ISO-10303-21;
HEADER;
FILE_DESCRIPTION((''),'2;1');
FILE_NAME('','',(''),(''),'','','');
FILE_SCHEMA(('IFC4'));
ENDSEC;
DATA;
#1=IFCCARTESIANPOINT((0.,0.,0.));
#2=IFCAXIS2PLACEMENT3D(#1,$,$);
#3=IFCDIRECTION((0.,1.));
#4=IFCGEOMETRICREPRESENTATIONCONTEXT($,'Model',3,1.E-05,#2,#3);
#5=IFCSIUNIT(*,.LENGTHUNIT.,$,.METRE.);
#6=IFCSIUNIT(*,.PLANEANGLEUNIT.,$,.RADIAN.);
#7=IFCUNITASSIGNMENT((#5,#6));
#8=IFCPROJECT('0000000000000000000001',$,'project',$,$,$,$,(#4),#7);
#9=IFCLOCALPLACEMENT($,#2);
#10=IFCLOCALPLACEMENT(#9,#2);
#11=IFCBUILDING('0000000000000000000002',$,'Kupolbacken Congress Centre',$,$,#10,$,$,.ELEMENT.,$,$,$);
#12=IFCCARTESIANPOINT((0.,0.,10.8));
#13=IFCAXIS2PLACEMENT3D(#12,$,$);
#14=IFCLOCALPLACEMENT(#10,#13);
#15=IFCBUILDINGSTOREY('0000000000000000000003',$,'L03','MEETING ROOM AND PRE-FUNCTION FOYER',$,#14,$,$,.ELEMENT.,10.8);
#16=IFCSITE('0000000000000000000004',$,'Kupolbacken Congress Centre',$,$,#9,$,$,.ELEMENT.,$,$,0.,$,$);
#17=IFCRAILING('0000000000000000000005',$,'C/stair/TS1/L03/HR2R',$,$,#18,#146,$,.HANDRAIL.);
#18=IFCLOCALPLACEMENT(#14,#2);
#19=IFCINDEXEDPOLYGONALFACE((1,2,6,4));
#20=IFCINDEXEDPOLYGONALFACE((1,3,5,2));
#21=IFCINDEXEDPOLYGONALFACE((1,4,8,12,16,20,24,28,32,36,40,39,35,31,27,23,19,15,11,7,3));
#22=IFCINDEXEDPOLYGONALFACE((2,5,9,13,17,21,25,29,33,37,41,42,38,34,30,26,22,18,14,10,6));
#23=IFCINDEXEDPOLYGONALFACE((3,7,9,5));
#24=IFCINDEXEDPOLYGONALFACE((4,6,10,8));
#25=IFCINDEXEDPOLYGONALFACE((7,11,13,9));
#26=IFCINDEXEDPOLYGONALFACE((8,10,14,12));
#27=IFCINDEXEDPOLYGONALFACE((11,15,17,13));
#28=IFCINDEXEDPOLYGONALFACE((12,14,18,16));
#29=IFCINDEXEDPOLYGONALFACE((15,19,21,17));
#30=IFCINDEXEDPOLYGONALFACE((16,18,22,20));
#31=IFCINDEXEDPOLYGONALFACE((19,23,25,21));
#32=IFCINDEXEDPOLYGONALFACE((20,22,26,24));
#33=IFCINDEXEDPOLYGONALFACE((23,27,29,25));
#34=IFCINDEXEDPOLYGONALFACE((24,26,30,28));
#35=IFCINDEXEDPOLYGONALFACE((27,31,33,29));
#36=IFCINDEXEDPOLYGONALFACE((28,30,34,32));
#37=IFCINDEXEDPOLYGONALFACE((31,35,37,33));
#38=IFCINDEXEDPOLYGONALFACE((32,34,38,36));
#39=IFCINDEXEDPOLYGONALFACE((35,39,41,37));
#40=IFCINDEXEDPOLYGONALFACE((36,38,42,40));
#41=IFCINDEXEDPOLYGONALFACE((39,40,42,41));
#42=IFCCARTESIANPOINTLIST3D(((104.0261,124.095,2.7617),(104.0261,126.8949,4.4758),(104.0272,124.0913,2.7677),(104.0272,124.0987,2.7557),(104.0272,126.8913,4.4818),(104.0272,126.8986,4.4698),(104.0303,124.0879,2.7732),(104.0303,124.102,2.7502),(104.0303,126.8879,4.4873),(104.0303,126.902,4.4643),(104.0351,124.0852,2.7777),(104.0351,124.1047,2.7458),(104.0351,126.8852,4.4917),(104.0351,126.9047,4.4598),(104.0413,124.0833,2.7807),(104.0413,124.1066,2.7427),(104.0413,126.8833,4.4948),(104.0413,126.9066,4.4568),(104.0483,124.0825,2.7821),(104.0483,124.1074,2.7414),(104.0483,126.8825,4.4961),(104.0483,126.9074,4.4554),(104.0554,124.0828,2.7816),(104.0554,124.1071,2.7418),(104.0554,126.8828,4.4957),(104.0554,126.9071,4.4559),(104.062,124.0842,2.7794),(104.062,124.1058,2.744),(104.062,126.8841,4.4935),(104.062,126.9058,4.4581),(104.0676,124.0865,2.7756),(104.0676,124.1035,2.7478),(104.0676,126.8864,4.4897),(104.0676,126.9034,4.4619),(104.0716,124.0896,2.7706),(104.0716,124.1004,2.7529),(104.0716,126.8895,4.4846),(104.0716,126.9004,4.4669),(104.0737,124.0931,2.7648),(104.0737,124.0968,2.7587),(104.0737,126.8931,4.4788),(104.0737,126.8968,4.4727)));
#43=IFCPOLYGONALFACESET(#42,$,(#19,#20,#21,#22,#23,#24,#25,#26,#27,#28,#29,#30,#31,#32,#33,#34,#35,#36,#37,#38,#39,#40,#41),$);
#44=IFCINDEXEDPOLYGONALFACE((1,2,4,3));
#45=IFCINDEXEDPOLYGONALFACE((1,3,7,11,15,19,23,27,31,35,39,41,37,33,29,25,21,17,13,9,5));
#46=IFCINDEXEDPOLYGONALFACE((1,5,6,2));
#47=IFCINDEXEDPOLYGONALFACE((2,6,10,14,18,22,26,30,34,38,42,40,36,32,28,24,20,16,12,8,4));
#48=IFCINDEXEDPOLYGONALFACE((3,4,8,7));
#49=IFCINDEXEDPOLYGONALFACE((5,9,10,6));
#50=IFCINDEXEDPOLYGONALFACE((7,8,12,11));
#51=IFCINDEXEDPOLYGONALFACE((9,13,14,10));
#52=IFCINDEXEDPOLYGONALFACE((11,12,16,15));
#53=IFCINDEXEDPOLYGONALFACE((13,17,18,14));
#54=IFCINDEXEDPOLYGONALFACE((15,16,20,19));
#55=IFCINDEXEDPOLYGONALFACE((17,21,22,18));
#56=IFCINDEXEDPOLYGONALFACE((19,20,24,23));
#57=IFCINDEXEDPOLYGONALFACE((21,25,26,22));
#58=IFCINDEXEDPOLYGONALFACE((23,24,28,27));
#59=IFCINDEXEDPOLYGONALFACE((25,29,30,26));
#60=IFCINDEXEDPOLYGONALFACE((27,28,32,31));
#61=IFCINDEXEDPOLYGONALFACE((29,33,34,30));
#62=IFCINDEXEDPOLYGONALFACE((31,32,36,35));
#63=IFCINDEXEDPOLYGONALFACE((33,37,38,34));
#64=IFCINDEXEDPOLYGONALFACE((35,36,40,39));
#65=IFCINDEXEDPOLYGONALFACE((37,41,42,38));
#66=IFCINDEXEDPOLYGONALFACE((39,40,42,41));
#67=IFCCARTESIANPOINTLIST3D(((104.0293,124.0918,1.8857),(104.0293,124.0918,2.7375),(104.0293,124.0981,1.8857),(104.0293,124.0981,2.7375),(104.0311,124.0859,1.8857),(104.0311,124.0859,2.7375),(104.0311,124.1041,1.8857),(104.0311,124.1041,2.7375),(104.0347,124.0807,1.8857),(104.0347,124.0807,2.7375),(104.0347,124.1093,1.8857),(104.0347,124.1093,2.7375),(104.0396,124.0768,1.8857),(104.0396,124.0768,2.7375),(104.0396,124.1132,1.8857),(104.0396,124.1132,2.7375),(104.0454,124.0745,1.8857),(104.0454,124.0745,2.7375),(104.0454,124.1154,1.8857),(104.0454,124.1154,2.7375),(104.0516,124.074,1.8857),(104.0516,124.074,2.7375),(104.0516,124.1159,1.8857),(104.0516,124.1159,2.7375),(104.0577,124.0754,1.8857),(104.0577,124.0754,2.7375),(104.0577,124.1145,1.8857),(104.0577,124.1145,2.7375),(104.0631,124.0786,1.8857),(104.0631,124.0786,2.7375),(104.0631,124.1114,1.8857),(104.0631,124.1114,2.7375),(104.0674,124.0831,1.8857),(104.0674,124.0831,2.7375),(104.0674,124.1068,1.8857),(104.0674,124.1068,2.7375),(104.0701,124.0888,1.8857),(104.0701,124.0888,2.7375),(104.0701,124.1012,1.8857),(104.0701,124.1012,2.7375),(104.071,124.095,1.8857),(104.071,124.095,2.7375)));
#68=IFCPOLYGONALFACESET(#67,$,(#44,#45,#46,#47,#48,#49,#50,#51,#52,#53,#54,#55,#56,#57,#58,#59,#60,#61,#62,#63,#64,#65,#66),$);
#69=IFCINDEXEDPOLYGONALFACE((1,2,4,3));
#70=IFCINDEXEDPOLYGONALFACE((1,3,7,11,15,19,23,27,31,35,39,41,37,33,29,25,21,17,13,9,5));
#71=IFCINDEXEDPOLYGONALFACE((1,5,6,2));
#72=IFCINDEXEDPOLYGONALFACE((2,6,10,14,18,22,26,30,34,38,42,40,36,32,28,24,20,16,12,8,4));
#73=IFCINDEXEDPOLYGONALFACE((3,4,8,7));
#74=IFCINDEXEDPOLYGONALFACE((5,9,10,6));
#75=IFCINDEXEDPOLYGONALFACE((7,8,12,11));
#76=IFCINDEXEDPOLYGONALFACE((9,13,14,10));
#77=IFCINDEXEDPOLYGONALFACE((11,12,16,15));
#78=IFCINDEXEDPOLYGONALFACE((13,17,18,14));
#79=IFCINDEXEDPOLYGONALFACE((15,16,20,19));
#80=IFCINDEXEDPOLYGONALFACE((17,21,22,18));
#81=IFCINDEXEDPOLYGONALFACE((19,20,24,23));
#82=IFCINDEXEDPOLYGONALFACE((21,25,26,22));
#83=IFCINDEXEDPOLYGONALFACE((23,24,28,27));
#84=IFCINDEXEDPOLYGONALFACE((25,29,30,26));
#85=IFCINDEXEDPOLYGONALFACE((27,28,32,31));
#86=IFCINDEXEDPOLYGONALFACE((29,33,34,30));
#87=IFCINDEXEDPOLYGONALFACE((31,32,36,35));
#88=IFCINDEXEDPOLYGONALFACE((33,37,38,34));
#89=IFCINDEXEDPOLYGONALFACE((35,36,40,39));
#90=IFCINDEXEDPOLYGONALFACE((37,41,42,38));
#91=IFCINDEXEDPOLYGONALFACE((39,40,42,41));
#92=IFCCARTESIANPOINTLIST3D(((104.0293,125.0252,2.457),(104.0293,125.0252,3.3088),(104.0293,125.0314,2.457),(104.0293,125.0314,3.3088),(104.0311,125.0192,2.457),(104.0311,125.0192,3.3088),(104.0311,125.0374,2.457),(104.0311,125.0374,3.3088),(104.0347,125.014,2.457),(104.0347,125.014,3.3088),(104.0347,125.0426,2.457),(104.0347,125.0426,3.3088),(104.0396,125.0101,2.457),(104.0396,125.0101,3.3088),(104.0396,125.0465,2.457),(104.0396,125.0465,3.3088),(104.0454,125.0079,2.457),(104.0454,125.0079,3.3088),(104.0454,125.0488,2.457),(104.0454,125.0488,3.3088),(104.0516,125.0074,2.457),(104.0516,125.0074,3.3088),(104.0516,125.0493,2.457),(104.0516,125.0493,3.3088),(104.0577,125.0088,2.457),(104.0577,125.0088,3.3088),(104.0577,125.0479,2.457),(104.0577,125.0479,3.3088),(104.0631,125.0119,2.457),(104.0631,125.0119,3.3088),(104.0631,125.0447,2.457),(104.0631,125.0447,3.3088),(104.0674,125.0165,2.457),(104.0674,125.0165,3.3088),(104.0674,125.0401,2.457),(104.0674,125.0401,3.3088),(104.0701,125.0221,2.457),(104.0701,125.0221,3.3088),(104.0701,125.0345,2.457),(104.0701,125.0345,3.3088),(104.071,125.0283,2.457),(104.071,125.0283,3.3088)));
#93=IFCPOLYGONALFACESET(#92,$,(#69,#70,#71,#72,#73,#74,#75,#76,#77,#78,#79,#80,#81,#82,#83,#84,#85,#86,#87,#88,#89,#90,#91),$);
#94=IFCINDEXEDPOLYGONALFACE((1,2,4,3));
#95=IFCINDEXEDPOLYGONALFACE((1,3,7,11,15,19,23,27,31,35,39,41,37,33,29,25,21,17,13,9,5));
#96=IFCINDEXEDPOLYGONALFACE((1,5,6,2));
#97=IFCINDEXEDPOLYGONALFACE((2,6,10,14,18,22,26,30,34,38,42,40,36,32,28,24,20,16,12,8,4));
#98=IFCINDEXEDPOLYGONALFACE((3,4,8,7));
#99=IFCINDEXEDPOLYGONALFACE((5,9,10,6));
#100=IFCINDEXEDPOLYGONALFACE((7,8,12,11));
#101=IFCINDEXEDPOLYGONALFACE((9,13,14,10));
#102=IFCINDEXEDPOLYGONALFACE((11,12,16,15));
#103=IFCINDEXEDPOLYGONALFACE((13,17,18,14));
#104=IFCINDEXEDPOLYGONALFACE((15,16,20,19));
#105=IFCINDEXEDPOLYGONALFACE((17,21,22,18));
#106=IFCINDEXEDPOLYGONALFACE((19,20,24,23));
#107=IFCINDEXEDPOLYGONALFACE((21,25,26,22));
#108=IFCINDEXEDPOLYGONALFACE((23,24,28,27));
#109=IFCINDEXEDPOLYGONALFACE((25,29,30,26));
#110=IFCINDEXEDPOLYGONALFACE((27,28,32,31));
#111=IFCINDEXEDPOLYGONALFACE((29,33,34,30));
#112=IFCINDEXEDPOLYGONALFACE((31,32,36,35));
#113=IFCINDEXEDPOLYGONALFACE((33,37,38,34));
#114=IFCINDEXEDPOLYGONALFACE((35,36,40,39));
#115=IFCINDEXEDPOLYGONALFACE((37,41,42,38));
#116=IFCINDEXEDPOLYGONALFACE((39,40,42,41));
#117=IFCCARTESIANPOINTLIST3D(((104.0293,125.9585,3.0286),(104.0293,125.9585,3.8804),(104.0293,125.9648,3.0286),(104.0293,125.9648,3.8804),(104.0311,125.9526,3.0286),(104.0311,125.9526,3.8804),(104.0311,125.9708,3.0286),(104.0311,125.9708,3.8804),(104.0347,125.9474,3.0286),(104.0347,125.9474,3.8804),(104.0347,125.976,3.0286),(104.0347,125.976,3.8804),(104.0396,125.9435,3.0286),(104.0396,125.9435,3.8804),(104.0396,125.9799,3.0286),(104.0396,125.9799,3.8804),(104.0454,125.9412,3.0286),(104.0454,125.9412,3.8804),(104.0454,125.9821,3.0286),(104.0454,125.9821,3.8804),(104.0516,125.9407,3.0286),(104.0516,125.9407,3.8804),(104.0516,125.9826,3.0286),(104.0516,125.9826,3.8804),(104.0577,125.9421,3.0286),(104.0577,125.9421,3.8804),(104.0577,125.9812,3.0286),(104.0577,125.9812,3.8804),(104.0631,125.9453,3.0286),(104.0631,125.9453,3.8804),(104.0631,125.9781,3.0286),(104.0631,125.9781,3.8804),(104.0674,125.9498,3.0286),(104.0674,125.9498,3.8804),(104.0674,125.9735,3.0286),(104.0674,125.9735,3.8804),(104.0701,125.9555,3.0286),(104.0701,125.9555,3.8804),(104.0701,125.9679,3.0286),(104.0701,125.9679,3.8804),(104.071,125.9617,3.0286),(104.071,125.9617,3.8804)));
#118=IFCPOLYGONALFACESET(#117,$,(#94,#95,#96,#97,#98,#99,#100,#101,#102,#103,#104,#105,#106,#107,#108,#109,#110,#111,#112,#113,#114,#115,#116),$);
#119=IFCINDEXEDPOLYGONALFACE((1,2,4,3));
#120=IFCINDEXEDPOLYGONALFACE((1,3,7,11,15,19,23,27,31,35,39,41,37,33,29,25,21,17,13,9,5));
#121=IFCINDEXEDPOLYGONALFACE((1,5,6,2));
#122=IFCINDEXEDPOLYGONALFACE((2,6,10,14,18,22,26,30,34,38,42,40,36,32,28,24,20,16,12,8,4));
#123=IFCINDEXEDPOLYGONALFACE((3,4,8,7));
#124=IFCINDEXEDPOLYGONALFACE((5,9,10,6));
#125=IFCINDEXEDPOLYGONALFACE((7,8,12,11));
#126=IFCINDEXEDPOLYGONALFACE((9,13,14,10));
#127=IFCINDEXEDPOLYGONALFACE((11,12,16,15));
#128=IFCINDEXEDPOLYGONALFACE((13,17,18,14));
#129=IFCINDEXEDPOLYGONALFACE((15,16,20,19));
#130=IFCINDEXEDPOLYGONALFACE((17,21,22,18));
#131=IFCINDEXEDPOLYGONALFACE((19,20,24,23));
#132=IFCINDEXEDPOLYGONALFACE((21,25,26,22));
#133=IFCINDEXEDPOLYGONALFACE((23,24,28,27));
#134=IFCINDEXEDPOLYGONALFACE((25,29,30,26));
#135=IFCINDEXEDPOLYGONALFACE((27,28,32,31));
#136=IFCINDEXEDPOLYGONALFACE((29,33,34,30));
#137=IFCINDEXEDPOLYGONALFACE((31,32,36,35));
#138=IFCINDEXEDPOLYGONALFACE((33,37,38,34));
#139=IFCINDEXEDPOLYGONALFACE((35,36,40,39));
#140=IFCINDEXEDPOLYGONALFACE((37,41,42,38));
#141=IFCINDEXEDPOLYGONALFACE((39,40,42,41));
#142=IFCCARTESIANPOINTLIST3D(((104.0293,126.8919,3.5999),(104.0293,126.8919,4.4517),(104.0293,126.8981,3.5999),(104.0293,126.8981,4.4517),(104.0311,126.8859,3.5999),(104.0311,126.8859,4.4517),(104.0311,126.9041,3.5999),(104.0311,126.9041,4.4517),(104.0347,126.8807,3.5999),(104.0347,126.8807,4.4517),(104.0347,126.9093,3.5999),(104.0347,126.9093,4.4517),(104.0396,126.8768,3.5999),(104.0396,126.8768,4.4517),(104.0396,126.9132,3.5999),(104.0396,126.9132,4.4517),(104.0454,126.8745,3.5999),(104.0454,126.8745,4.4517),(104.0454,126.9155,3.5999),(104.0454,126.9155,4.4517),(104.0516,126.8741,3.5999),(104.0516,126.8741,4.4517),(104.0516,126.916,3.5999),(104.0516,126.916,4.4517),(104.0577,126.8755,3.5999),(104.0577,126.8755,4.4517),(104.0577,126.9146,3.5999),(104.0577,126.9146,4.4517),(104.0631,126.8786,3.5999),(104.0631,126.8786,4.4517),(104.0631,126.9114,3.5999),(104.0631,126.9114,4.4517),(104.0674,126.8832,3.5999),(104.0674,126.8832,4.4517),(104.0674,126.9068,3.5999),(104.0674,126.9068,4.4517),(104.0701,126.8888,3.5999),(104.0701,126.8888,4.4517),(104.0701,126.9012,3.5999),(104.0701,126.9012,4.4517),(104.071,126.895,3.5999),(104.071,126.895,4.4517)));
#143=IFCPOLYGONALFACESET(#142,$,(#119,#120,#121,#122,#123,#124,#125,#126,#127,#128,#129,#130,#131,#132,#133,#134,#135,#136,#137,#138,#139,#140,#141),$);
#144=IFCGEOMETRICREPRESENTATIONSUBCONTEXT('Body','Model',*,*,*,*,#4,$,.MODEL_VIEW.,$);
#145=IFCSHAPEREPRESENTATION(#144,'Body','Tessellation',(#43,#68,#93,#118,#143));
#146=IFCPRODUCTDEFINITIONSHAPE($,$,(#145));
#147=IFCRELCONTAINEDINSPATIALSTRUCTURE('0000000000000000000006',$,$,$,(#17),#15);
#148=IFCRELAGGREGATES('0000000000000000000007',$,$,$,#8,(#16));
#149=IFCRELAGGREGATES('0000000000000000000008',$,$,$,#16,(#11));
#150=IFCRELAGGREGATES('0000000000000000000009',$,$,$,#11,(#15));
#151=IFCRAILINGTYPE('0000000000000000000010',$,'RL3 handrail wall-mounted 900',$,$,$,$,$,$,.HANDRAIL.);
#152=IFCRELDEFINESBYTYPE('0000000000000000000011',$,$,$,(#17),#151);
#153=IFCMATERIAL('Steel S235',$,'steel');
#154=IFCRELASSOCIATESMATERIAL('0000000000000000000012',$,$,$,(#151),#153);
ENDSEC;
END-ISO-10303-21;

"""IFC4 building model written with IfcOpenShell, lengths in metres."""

from ifc_helpers import new_model, si_unit, direction, frame, origin, origin_2d, place, context, subcontext, project, spatial, circle, extrude, material, type_object, element, save


model = new_model("IFC4")

# Units and contexts
model_context = context("Model", 3, precision=1e-05, world=origin(), true_north=direction((0.0, 1.0)))
body_context = subcontext(model_context, "Body", "Model", "MODEL_VIEW")
ifc_project = project(units=[si_unit("LENGTHUNIT", "METRE"), si_unit("PLANEANGLEUNIT", "RADIAN")], contexts=[model_context])

# Site, building, storey
site_placement = place(None, origin())
site = spatial("IfcSite", under=ifc_project, at=site_placement, Name="Kupolbacken Congress Centre", CompositionType="ELEMENT", RefElevation=0.0)
building_placement = place(site_placement, origin())
building = spatial("IfcBuilding", under=site, at=building_placement, Name="Kupolbacken Congress Centre", CompositionType="ELEMENT")
storey_placement = place(building_placement, frame((0.0, 0.0, 10.8)))
storey = spatial("IfcBuildingStorey", under=building, at=storey_placement, Name="L03", Description="MEETING ROOM AND PRE-FUNCTION FOYER", CompositionType="ELEMENT", Elevation=10.8)

# Railing
ifc_material_1 = material(Name="Steel S235", Category="steel")
railing_type = type_object("IfcRailingType", Name="RL3 handrail wall-mounted 900", PredefinedType="HANDRAIL", material=ifc_material_1)
for number, where, name in (
    (1, (104.05, 124.095, 1.8857), "C/stair/TS1/L03/HR2R"),
):
    element("IfcRailing", number, at=place(storey_placement, frame(where)), inside=storey, type_object=railing_type, Name=name, PredefinedType="HANDRAIL", context=body_context, shape_type="SweptSolid", body=[
        extrude(circle(Radius=0.0239, at=origin_2d()), frame((0.0, 0.0, 0.876), z_axis=(0.0, 0.852879, 0.522109), x_axis=(-1.0, 0.0, 0.0)), (0.0, 0.0, 1.0), 3.283),
        extrude(circle(Radius=0.021, at=origin_2d()), origin(), (0.0, 0.0, 1.0), 0.8518),
        extrude(circle(Radius=0.021, at=origin_2d()), frame((0.0, 0.9333, 0.5713)), (0.0, 0.0, 1.0), 0.8518),
        extrude(circle(Radius=0.021, at=origin_2d()), frame((0.0, 1.8667, 1.1428)), (0.0, 0.0, 1.0), 0.8518),
        extrude(circle(Radius=0.021, at=origin_2d()), frame((0.0, 2.8, 1.7141)), (0.0, 0.0, 1.0), 0.8518),
    ])

save(model, "model.ifc")
